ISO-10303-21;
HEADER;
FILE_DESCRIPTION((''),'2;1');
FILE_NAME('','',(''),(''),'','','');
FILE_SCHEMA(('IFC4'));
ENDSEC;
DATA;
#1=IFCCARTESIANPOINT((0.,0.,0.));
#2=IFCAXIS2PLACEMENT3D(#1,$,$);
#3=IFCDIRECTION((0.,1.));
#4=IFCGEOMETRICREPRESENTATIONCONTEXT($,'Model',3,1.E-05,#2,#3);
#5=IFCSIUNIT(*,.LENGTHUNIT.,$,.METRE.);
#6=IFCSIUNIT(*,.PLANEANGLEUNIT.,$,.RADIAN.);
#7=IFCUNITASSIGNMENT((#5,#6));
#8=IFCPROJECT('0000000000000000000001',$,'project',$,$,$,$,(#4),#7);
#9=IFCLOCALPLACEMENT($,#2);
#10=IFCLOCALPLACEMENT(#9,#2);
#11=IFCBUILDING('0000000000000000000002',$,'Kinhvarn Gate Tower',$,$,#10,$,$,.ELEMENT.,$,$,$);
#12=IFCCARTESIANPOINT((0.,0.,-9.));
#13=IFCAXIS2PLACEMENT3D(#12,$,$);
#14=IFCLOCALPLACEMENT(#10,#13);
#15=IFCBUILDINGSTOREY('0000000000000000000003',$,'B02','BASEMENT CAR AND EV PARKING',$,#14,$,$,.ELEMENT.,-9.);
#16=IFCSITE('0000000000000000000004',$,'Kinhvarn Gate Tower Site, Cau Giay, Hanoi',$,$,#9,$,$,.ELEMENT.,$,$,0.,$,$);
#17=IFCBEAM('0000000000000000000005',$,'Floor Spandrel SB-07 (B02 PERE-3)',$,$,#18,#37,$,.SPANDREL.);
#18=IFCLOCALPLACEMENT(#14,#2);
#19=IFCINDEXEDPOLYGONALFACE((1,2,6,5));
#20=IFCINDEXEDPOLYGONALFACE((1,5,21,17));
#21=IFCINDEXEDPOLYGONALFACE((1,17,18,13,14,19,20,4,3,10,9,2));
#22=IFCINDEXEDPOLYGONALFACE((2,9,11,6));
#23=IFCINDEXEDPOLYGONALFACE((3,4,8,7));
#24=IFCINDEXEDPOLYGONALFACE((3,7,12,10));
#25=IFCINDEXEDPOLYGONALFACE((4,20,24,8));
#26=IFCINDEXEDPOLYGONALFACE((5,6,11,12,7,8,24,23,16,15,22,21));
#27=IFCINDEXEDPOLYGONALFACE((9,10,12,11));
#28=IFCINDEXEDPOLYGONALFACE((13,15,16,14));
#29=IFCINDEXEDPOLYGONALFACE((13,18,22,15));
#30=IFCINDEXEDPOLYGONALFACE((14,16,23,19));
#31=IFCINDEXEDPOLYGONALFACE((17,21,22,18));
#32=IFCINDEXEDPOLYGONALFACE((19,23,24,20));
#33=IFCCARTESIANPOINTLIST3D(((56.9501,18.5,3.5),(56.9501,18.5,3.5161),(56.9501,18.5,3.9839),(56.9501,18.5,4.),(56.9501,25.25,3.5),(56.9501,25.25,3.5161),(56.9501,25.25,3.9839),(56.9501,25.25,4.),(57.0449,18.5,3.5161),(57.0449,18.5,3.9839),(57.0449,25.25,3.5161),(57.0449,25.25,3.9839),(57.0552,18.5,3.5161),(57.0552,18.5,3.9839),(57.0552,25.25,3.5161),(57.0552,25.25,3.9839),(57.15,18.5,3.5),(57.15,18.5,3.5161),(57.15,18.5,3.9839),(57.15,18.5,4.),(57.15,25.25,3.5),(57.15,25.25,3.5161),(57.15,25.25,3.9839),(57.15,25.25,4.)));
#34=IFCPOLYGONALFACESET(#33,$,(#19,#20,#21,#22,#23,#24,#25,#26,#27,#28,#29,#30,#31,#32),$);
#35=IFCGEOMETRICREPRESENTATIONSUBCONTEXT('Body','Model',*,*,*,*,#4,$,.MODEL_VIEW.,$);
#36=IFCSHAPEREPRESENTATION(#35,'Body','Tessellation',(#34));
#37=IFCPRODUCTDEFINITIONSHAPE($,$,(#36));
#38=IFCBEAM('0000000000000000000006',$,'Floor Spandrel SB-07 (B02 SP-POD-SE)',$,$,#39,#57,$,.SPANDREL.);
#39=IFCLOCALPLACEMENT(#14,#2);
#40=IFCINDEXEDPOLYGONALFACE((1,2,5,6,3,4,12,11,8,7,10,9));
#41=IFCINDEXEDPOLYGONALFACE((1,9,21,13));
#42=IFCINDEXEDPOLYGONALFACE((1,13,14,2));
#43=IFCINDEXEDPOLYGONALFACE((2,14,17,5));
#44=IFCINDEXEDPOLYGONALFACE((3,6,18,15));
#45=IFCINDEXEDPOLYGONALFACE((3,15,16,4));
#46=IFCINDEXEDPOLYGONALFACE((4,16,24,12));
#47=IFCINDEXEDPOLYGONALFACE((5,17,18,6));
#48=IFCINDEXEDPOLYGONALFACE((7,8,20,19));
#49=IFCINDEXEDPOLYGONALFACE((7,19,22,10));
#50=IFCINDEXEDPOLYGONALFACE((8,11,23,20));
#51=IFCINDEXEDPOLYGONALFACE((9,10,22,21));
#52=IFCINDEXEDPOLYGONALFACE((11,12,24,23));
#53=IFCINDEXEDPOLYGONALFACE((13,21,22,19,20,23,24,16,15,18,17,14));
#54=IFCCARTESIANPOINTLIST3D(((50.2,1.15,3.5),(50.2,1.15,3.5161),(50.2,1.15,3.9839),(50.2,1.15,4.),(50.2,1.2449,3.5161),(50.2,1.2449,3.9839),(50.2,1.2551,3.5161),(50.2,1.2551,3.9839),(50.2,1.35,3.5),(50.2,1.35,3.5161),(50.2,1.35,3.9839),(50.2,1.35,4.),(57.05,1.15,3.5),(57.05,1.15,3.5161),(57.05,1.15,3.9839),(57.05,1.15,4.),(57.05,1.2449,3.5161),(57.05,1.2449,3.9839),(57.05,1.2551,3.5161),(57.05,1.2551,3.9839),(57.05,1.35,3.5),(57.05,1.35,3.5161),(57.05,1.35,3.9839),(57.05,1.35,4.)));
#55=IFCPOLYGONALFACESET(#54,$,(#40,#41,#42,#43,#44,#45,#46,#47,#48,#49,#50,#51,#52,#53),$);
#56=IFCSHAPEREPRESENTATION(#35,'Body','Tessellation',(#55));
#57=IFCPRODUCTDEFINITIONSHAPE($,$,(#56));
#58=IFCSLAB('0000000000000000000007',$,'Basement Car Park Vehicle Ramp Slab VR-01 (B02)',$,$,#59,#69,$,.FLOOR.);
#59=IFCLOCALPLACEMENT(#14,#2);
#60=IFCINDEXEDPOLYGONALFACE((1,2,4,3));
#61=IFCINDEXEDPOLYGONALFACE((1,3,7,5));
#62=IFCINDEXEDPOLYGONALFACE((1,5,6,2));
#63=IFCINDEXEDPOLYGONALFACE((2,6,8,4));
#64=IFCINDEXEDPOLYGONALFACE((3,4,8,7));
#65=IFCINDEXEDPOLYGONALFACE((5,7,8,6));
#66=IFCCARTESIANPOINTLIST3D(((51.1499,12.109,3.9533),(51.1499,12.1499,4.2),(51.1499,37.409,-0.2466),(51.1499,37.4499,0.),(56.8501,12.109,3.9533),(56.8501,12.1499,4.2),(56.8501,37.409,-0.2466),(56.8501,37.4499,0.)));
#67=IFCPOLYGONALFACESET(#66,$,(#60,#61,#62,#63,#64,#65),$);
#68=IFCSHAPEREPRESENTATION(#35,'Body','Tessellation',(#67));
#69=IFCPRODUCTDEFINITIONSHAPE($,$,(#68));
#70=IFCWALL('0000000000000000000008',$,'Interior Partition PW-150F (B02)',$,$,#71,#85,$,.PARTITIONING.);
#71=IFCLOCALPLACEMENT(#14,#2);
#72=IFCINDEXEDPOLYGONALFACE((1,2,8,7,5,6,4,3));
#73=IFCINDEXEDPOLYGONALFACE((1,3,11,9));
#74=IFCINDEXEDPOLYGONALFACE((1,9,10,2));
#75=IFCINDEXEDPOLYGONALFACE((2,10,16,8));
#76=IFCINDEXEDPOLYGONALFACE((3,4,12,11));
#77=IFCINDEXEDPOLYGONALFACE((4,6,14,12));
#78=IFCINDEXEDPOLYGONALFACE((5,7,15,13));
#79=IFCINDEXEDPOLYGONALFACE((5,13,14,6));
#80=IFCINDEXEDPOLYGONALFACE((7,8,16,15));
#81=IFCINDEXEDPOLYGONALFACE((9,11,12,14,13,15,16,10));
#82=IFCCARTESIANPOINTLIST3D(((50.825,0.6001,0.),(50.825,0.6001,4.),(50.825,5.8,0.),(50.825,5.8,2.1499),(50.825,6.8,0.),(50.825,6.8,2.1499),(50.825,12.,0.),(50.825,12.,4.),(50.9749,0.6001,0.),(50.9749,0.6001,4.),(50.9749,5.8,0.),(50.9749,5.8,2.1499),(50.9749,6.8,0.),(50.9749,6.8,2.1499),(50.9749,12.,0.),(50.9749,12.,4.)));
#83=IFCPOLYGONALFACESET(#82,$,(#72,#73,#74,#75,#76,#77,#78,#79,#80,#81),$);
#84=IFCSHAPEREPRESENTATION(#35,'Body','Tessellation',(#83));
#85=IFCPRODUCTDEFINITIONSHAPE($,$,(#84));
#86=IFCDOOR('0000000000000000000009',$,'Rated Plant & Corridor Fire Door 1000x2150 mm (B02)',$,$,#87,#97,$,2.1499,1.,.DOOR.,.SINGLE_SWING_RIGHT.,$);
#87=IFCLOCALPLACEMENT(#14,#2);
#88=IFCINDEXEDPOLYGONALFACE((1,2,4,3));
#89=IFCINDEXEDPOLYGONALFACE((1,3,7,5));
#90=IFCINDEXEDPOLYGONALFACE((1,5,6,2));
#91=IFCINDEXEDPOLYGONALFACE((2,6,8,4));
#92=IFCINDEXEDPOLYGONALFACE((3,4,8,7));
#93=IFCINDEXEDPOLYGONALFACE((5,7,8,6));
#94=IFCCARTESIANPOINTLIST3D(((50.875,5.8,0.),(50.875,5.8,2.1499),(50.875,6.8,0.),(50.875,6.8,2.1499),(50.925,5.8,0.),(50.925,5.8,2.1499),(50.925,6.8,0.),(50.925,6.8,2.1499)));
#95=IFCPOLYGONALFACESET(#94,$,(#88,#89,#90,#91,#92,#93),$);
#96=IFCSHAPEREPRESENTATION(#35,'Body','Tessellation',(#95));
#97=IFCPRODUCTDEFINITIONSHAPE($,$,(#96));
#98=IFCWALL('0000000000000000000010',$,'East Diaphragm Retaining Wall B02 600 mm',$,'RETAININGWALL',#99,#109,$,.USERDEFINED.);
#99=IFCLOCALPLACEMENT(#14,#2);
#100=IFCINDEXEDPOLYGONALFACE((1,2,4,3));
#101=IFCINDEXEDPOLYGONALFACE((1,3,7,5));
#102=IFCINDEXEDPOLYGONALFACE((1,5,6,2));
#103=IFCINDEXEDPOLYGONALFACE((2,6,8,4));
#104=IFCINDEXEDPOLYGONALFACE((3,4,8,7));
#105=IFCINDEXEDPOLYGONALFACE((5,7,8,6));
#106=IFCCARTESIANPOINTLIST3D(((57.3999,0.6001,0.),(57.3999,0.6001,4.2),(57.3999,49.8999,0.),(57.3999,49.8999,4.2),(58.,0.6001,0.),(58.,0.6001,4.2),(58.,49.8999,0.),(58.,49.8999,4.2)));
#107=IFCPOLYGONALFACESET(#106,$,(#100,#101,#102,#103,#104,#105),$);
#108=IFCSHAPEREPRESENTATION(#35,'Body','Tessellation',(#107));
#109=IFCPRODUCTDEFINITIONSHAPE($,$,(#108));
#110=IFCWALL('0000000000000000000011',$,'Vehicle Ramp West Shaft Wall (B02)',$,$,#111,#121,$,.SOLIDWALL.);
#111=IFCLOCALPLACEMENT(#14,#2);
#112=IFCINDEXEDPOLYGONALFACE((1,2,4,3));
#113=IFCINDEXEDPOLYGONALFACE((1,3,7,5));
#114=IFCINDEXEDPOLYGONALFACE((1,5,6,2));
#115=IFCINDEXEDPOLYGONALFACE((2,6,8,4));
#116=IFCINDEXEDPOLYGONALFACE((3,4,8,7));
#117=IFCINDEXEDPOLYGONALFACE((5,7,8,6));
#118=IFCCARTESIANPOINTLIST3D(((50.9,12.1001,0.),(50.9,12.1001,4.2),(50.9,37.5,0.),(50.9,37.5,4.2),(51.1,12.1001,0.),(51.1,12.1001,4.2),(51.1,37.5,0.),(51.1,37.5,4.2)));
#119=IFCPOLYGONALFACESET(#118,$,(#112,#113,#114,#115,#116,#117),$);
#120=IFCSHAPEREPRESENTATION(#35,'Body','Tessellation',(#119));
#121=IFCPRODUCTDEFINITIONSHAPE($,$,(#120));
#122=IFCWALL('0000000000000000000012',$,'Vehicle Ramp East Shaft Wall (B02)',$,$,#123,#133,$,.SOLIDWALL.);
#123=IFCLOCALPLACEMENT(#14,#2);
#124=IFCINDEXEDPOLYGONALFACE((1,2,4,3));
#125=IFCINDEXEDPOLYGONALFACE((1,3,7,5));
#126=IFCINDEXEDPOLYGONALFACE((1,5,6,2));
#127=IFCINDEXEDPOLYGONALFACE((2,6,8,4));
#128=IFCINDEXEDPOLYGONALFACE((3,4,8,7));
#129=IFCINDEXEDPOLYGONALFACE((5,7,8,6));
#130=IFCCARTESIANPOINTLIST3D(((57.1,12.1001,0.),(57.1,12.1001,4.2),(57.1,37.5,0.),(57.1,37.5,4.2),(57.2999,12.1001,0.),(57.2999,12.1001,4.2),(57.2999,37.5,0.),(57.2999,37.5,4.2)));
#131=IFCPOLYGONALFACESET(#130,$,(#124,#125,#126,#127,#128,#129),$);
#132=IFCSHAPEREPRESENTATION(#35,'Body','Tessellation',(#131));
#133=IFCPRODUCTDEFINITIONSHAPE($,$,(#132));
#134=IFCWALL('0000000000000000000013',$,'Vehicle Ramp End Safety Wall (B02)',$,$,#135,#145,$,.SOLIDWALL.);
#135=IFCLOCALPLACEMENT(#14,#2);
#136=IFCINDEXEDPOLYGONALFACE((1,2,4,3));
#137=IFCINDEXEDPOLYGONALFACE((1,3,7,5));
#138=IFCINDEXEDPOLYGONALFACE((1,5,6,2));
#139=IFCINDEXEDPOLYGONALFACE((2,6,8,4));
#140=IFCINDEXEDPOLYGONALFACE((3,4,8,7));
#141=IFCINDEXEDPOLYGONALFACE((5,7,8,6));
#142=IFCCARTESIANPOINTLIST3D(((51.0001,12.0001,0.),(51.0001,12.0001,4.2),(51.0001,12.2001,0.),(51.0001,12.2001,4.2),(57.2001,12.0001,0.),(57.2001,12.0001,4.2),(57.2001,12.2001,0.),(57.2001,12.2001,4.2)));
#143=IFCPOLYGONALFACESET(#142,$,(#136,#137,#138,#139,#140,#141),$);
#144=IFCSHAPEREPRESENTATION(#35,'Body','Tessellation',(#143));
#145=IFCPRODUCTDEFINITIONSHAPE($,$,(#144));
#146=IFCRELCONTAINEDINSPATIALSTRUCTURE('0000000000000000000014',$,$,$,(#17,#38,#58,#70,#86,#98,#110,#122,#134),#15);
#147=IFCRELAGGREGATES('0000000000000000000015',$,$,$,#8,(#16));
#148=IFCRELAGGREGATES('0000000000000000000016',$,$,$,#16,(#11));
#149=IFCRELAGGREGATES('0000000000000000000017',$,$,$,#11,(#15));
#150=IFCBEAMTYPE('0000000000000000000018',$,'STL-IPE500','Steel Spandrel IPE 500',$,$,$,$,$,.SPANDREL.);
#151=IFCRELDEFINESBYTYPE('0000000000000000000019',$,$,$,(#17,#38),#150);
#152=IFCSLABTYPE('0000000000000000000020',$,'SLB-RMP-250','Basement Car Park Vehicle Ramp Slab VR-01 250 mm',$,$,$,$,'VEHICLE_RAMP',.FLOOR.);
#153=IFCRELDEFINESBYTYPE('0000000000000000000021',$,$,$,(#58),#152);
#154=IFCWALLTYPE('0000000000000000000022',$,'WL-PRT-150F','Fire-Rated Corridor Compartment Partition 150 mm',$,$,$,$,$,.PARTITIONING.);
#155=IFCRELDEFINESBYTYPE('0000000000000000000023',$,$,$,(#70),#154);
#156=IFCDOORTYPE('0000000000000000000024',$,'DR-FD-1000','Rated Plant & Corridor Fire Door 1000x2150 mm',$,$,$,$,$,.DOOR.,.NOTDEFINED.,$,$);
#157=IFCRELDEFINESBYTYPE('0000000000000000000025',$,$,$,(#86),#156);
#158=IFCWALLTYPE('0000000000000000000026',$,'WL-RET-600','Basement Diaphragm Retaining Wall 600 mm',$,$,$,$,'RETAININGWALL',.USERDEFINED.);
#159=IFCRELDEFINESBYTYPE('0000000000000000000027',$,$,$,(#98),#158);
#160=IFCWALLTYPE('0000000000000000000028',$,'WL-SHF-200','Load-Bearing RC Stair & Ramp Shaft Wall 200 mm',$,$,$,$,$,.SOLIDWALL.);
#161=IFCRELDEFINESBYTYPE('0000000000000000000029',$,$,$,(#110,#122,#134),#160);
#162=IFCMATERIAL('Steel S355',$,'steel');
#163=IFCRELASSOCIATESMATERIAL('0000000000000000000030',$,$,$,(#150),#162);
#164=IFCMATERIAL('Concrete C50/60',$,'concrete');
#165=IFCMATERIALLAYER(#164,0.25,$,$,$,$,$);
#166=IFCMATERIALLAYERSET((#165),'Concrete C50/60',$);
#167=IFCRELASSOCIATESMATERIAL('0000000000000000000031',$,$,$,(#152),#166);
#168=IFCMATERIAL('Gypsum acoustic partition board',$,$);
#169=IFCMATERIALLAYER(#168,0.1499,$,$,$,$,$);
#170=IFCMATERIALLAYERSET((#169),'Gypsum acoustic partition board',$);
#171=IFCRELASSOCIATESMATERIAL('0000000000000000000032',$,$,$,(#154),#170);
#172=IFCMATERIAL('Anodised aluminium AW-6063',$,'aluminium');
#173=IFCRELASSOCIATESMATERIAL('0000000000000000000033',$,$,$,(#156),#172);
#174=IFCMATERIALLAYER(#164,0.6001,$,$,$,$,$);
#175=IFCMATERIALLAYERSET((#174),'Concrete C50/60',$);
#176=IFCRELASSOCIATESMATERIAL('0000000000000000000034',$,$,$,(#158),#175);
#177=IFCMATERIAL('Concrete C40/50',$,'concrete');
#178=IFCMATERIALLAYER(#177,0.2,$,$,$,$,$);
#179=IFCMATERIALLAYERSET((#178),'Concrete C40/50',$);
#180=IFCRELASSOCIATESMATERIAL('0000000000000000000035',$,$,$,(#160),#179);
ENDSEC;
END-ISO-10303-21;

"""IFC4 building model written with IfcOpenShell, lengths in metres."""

from ifc_helpers import new_model, si_unit, direction, frame, frame_2d, origin, origin_2d, place, context, subcontext, project, spatial, polyline, rectangle, i_section, outline, extrude, material, layer, layer_set, material_profile, profile_set, type_object, element, fill, save


model = new_model("IFC4")

# Units and contexts
model_context = context("Model", 3, precision=1e-05, world=origin(), true_north=direction((0.0, 1.0)))
body_context = subcontext(model_context, "Body", "Model", "MODEL_VIEW")
ifc_project = project(units=[si_unit("LENGTHUNIT", "METRE"), si_unit("PLANEANGLEUNIT", "RADIAN")], contexts=[model_context])

# Site, building, storey
site_placement = place(None, origin())
site = spatial("IfcSite", under=ifc_project, at=site_placement, Name="Kinhvarn Gate Tower Site, Cau Giay, Hanoi", CompositionType="ELEMENT", RefElevation=0.0)
building_placement = place(site_placement, origin())
building = spatial("IfcBuilding", under=site, at=building_placement, Name="Kinhvarn Gate Tower", CompositionType="ELEMENT")
storey_placement = place(building_placement, frame((0.0, 0.0, -9.0)))
storey = spatial("IfcBuildingStorey", under=building, at=storey_placement, Name="B02", Description="BASEMENT CAR AND EV PARKING", CompositionType="ELEMENT", Elevation=-9.0)

# Beams
ifc_material_1 = material(Name="Steel S355", Category="steel")
ifc_material_profile_1 = material_profile(ifc_material_1, i_section(OverallWidth=0.2, OverallDepth=0.5, WebThickness=0.0103, FlangeThickness=0.0161, at=origin_2d()), Name="IPE 500")
ifc_profile_set_1 = profile_set([ifc_material_profile_1], Name="Steel S355")
beam_type_1 = type_object("IfcBeamType", Name="STL-IPE500", Description="Steel Spandrel IPE 500", PredefinedType="SPANDREL", material=ifc_profile_set_1)
beam_1_placement = place(storey_placement, frame((57.05, 18.5, 3.75), z_axis=(0.0, 1.0, 0.0), x_axis=(-1.0, 0.0, 0.0)))
element("IfcBeam", 1, at=beam_1_placement, inside=storey, type_object=beam_type_1, Name="Floor Spandrel SB-07 (B02 PERE-3)", PredefinedType="SPANDREL", context=body_context, shape_type="SweptSolid", body=[
    extrude(i_section(OverallWidth=0.2, OverallDepth=0.5, WebThickness=0.0103, FlangeThickness=0.0161, at=origin_2d()), origin(), (0.0, 0.0, 1.0), 6.75),
])
beam_2_placement = place(storey_placement, frame((50.2, 1.25, 3.75), z_axis=(1.0, 0.0, 0.0), x_axis=(0.0, 1.0, 0.0)))
element("IfcBeam", 2, at=beam_2_placement, inside=storey, type_object=beam_type_1, Name="Floor Spandrel SB-07 (B02 SP-POD-SE)", PredefinedType="SPANDREL", context=body_context, shape_type="SweptSolid", body=[
    extrude(i_section(OverallWidth=0.2, OverallDepth=0.5, WebThickness=0.0103, FlangeThickness=0.0161, at=origin_2d()), origin(), (0.0, 0.0, 1.0), 6.8501),
])

# Slab
ifc_material_2 = material(Name="Concrete C50/60", Category="concrete")
ifc_layer_1 = layer(ifc_material_2, 0.25)
ifc_layer_set_1 = layer_set([ifc_layer_1], Name="Concrete C50/60")
slab_type = type_object("IfcSlabType", Name="SLB-RMP-250", Description="Basement Car Park Vehicle Ramp Slab VR-01 250 mm", ElementType="VEHICLE_RAMP", PredefinedType="FLOOR", material=ifc_layer_set_1)
slab_placement = place(storey_placement, frame((51.1499, 12.1499, 4.2), z_axis=(0.0, 0.163764, 0.986499), x_axis=(1.0, 0.0, 0.0)))
element("IfcSlab", 3, at=slab_placement, inside=storey, type_object=slab_type, Name="Basement Car Park Vehicle Ramp Slab VR-01 (B02)", PredefinedType="FLOOR", context=body_context, shape_type="SweptSolid", body=[
    extrude(outline(polyline([(0.0, 0.0), (5.7002, 0.0), (5.7002, 25.6462), (0.0, 25.6462), (0.0, 0.0)])), origin(), (0.0, 0.0, -1.0), 0.25),
])

# Wall, opening, door
ifc_material_3 = material(Name="Gypsum acoustic partition board")
ifc_layer_2 = layer(ifc_material_3, 0.1499)
ifc_layer_set_2 = layer_set([ifc_layer_2], Name="Gypsum acoustic partition board")
wall_type_1 = type_object("IfcWallType", Name="WL-PRT-150F", Description="Fire-Rated Corridor Compartment Partition 150 mm", PredefinedType="PARTITIONING", material=ifc_layer_set_2)
wall_1_placement = place(storey_placement, frame((50.8999, 0.6001, 0.0), z_axis=(0.0, 0.0, 1.0), x_axis=(0.0, 1.0, 0.0)))
wall_1 = element("IfcWall", 4, at=wall_1_placement, inside=storey, type_object=wall_type_1, Name="Interior Partition PW-150F (B02)", PredefinedType="PARTITIONING", context=body_context, shape_type="SweptSolid", body=[
    extrude(rectangle(XDim=11.3999, YDim=0.1499, at=frame_2d((5.7, 0.0))), origin(), (0.0, 0.0, 1.0), 4.0),
])
opening_placement = place(wall_1_placement, frame((5.2, 0.0, 0.0)))
opening = element("IfcOpeningElement", 5, at=opening_placement, cuts=wall_1, PredefinedType="OPENING", context=body_context, shape_type="SweptSolid", body=[
    extrude(rectangle(XDim=1.0, YDim=2.1499, at=frame_2d((0.5, 1.075))), frame((0.0, 0.085, 0.0), z_axis=(0.0, -1.0, 0.0), x_axis=(1.0, 0.0, 0.0)), (0.0, 0.0, 1.0), 0.1699),
])
ifc_material_4 = material(Name="Anodised aluminium AW-6063", Category="aluminium")
door_type = type_object("IfcDoorType", Name="DR-FD-1000", Description="Rated Plant & Corridor Fire Door 1000x2150 mm", OperationType="NOTDEFINED", PredefinedType="DOOR", material=ifc_material_4)
door_placement = place(opening_placement, origin())
door = element("IfcDoor", 6, at=door_placement, inside=storey, type_object=door_type, Name="Rated Plant & Corridor Fire Door 1000x2150 mm (B02)", OperationType="SINGLE_SWING_RIGHT", OverallHeight=2.1499, OverallWidth=1.0, PredefinedType="DOOR", context=body_context, shape_type="SweptSolid", body=[
    extrude(rectangle(XDim=1.0, YDim=2.1499, at=frame_2d((0.5, 1.075))), frame((0.0, 0.0249, 0.0), z_axis=(0.0, -1.0, 0.0), x_axis=(1.0, 0.0, 0.0)), (0.0, 0.0, 1.0), 0.05),
])
fill(opening, door)

# Walls
ifc_layer_3 = layer(ifc_material_2, 0.6001)
ifc_layer_set_3 = layer_set([ifc_layer_3], Name="Concrete C50/60")
wall_type_2 = type_object("IfcWallType", Name="WL-RET-600", Description="Basement Diaphragm Retaining Wall 600 mm", ElementType="RETAININGWALL", PredefinedType="USERDEFINED", material=ifc_layer_set_3)
wall_2_placement = place(storey_placement, frame((57.7, 0.6001, 0.0), z_axis=(0.0, 0.0, 1.0), x_axis=(0.0, 1.0, 0.0)))
element("IfcWall", 7, at=wall_2_placement, inside=storey, type_object=wall_type_2, Name="East Diaphragm Retaining Wall B02 600 mm", ObjectType="RETAININGWALL", PredefinedType="USERDEFINED", context=body_context, shape_type="SweptSolid", body=[
    extrude(rectangle(XDim=49.2998, YDim=0.6001, at=frame_2d((24.6499, 0.0))), origin(), (0.0, 0.0, 1.0), 4.2),
])
ifc_material_5 = material(Name="Concrete C40/50", Category="concrete")
ifc_layer_4 = layer(ifc_material_5, 0.2)
ifc_layer_set_4 = layer_set([ifc_layer_4], Name="Concrete C40/50")
wall_type_3 = type_object("IfcWallType", Name="WL-SHF-200", Description="Load-Bearing RC Stair & Ramp Shaft Wall 200 mm", PredefinedType="SOLIDWALL", material=ifc_layer_set_4)
for number, where, z_axis, x_axis, name in (
    (8, (51.0, 12.1001, 0.0), (0.0, 0.0, 1.0), (0.0, 1.0, 0.0), "Vehicle Ramp West Shaft Wall (B02)"),
    (9, (57.2, 12.1001, 0.0), (0.0, 0.0, 1.0), (0.0, 1.0, 0.0), "Vehicle Ramp East Shaft Wall (B02)"),
):
    element("IfcWall", number, at=place(storey_placement, frame(where, z_axis=z_axis, x_axis=x_axis)), inside=storey, type_object=wall_type_3, Name=name, PredefinedType="SOLIDWALL", context=body_context, shape_type="SweptSolid", body=[
        extrude(rectangle(XDim=25.3999, YDim=0.2, at=frame_2d((12.7, 0.0))), origin(), (0.0, 0.0, 1.0), 4.2),
    ])
wall_3_placement = place(storey_placement, frame((51.0, 12.1001, 0.0), z_axis=(0.0, 0.0, 1.0), x_axis=(1.0, 0.0, 0.0)))
element("IfcWall", 10, at=wall_3_placement, inside=storey, type_object=wall_type_3, Name="Vehicle Ramp End Safety Wall (B02)", PredefinedType="SOLIDWALL", context=body_context, shape_type="SweptSolid", body=[
    extrude(rectangle(XDim=6.2, YDim=0.2, at=frame_2d((3.1001, 0.0))), origin(), (0.0, 0.0, 1.0), 4.2),
])

save(model, "model.ifc")
